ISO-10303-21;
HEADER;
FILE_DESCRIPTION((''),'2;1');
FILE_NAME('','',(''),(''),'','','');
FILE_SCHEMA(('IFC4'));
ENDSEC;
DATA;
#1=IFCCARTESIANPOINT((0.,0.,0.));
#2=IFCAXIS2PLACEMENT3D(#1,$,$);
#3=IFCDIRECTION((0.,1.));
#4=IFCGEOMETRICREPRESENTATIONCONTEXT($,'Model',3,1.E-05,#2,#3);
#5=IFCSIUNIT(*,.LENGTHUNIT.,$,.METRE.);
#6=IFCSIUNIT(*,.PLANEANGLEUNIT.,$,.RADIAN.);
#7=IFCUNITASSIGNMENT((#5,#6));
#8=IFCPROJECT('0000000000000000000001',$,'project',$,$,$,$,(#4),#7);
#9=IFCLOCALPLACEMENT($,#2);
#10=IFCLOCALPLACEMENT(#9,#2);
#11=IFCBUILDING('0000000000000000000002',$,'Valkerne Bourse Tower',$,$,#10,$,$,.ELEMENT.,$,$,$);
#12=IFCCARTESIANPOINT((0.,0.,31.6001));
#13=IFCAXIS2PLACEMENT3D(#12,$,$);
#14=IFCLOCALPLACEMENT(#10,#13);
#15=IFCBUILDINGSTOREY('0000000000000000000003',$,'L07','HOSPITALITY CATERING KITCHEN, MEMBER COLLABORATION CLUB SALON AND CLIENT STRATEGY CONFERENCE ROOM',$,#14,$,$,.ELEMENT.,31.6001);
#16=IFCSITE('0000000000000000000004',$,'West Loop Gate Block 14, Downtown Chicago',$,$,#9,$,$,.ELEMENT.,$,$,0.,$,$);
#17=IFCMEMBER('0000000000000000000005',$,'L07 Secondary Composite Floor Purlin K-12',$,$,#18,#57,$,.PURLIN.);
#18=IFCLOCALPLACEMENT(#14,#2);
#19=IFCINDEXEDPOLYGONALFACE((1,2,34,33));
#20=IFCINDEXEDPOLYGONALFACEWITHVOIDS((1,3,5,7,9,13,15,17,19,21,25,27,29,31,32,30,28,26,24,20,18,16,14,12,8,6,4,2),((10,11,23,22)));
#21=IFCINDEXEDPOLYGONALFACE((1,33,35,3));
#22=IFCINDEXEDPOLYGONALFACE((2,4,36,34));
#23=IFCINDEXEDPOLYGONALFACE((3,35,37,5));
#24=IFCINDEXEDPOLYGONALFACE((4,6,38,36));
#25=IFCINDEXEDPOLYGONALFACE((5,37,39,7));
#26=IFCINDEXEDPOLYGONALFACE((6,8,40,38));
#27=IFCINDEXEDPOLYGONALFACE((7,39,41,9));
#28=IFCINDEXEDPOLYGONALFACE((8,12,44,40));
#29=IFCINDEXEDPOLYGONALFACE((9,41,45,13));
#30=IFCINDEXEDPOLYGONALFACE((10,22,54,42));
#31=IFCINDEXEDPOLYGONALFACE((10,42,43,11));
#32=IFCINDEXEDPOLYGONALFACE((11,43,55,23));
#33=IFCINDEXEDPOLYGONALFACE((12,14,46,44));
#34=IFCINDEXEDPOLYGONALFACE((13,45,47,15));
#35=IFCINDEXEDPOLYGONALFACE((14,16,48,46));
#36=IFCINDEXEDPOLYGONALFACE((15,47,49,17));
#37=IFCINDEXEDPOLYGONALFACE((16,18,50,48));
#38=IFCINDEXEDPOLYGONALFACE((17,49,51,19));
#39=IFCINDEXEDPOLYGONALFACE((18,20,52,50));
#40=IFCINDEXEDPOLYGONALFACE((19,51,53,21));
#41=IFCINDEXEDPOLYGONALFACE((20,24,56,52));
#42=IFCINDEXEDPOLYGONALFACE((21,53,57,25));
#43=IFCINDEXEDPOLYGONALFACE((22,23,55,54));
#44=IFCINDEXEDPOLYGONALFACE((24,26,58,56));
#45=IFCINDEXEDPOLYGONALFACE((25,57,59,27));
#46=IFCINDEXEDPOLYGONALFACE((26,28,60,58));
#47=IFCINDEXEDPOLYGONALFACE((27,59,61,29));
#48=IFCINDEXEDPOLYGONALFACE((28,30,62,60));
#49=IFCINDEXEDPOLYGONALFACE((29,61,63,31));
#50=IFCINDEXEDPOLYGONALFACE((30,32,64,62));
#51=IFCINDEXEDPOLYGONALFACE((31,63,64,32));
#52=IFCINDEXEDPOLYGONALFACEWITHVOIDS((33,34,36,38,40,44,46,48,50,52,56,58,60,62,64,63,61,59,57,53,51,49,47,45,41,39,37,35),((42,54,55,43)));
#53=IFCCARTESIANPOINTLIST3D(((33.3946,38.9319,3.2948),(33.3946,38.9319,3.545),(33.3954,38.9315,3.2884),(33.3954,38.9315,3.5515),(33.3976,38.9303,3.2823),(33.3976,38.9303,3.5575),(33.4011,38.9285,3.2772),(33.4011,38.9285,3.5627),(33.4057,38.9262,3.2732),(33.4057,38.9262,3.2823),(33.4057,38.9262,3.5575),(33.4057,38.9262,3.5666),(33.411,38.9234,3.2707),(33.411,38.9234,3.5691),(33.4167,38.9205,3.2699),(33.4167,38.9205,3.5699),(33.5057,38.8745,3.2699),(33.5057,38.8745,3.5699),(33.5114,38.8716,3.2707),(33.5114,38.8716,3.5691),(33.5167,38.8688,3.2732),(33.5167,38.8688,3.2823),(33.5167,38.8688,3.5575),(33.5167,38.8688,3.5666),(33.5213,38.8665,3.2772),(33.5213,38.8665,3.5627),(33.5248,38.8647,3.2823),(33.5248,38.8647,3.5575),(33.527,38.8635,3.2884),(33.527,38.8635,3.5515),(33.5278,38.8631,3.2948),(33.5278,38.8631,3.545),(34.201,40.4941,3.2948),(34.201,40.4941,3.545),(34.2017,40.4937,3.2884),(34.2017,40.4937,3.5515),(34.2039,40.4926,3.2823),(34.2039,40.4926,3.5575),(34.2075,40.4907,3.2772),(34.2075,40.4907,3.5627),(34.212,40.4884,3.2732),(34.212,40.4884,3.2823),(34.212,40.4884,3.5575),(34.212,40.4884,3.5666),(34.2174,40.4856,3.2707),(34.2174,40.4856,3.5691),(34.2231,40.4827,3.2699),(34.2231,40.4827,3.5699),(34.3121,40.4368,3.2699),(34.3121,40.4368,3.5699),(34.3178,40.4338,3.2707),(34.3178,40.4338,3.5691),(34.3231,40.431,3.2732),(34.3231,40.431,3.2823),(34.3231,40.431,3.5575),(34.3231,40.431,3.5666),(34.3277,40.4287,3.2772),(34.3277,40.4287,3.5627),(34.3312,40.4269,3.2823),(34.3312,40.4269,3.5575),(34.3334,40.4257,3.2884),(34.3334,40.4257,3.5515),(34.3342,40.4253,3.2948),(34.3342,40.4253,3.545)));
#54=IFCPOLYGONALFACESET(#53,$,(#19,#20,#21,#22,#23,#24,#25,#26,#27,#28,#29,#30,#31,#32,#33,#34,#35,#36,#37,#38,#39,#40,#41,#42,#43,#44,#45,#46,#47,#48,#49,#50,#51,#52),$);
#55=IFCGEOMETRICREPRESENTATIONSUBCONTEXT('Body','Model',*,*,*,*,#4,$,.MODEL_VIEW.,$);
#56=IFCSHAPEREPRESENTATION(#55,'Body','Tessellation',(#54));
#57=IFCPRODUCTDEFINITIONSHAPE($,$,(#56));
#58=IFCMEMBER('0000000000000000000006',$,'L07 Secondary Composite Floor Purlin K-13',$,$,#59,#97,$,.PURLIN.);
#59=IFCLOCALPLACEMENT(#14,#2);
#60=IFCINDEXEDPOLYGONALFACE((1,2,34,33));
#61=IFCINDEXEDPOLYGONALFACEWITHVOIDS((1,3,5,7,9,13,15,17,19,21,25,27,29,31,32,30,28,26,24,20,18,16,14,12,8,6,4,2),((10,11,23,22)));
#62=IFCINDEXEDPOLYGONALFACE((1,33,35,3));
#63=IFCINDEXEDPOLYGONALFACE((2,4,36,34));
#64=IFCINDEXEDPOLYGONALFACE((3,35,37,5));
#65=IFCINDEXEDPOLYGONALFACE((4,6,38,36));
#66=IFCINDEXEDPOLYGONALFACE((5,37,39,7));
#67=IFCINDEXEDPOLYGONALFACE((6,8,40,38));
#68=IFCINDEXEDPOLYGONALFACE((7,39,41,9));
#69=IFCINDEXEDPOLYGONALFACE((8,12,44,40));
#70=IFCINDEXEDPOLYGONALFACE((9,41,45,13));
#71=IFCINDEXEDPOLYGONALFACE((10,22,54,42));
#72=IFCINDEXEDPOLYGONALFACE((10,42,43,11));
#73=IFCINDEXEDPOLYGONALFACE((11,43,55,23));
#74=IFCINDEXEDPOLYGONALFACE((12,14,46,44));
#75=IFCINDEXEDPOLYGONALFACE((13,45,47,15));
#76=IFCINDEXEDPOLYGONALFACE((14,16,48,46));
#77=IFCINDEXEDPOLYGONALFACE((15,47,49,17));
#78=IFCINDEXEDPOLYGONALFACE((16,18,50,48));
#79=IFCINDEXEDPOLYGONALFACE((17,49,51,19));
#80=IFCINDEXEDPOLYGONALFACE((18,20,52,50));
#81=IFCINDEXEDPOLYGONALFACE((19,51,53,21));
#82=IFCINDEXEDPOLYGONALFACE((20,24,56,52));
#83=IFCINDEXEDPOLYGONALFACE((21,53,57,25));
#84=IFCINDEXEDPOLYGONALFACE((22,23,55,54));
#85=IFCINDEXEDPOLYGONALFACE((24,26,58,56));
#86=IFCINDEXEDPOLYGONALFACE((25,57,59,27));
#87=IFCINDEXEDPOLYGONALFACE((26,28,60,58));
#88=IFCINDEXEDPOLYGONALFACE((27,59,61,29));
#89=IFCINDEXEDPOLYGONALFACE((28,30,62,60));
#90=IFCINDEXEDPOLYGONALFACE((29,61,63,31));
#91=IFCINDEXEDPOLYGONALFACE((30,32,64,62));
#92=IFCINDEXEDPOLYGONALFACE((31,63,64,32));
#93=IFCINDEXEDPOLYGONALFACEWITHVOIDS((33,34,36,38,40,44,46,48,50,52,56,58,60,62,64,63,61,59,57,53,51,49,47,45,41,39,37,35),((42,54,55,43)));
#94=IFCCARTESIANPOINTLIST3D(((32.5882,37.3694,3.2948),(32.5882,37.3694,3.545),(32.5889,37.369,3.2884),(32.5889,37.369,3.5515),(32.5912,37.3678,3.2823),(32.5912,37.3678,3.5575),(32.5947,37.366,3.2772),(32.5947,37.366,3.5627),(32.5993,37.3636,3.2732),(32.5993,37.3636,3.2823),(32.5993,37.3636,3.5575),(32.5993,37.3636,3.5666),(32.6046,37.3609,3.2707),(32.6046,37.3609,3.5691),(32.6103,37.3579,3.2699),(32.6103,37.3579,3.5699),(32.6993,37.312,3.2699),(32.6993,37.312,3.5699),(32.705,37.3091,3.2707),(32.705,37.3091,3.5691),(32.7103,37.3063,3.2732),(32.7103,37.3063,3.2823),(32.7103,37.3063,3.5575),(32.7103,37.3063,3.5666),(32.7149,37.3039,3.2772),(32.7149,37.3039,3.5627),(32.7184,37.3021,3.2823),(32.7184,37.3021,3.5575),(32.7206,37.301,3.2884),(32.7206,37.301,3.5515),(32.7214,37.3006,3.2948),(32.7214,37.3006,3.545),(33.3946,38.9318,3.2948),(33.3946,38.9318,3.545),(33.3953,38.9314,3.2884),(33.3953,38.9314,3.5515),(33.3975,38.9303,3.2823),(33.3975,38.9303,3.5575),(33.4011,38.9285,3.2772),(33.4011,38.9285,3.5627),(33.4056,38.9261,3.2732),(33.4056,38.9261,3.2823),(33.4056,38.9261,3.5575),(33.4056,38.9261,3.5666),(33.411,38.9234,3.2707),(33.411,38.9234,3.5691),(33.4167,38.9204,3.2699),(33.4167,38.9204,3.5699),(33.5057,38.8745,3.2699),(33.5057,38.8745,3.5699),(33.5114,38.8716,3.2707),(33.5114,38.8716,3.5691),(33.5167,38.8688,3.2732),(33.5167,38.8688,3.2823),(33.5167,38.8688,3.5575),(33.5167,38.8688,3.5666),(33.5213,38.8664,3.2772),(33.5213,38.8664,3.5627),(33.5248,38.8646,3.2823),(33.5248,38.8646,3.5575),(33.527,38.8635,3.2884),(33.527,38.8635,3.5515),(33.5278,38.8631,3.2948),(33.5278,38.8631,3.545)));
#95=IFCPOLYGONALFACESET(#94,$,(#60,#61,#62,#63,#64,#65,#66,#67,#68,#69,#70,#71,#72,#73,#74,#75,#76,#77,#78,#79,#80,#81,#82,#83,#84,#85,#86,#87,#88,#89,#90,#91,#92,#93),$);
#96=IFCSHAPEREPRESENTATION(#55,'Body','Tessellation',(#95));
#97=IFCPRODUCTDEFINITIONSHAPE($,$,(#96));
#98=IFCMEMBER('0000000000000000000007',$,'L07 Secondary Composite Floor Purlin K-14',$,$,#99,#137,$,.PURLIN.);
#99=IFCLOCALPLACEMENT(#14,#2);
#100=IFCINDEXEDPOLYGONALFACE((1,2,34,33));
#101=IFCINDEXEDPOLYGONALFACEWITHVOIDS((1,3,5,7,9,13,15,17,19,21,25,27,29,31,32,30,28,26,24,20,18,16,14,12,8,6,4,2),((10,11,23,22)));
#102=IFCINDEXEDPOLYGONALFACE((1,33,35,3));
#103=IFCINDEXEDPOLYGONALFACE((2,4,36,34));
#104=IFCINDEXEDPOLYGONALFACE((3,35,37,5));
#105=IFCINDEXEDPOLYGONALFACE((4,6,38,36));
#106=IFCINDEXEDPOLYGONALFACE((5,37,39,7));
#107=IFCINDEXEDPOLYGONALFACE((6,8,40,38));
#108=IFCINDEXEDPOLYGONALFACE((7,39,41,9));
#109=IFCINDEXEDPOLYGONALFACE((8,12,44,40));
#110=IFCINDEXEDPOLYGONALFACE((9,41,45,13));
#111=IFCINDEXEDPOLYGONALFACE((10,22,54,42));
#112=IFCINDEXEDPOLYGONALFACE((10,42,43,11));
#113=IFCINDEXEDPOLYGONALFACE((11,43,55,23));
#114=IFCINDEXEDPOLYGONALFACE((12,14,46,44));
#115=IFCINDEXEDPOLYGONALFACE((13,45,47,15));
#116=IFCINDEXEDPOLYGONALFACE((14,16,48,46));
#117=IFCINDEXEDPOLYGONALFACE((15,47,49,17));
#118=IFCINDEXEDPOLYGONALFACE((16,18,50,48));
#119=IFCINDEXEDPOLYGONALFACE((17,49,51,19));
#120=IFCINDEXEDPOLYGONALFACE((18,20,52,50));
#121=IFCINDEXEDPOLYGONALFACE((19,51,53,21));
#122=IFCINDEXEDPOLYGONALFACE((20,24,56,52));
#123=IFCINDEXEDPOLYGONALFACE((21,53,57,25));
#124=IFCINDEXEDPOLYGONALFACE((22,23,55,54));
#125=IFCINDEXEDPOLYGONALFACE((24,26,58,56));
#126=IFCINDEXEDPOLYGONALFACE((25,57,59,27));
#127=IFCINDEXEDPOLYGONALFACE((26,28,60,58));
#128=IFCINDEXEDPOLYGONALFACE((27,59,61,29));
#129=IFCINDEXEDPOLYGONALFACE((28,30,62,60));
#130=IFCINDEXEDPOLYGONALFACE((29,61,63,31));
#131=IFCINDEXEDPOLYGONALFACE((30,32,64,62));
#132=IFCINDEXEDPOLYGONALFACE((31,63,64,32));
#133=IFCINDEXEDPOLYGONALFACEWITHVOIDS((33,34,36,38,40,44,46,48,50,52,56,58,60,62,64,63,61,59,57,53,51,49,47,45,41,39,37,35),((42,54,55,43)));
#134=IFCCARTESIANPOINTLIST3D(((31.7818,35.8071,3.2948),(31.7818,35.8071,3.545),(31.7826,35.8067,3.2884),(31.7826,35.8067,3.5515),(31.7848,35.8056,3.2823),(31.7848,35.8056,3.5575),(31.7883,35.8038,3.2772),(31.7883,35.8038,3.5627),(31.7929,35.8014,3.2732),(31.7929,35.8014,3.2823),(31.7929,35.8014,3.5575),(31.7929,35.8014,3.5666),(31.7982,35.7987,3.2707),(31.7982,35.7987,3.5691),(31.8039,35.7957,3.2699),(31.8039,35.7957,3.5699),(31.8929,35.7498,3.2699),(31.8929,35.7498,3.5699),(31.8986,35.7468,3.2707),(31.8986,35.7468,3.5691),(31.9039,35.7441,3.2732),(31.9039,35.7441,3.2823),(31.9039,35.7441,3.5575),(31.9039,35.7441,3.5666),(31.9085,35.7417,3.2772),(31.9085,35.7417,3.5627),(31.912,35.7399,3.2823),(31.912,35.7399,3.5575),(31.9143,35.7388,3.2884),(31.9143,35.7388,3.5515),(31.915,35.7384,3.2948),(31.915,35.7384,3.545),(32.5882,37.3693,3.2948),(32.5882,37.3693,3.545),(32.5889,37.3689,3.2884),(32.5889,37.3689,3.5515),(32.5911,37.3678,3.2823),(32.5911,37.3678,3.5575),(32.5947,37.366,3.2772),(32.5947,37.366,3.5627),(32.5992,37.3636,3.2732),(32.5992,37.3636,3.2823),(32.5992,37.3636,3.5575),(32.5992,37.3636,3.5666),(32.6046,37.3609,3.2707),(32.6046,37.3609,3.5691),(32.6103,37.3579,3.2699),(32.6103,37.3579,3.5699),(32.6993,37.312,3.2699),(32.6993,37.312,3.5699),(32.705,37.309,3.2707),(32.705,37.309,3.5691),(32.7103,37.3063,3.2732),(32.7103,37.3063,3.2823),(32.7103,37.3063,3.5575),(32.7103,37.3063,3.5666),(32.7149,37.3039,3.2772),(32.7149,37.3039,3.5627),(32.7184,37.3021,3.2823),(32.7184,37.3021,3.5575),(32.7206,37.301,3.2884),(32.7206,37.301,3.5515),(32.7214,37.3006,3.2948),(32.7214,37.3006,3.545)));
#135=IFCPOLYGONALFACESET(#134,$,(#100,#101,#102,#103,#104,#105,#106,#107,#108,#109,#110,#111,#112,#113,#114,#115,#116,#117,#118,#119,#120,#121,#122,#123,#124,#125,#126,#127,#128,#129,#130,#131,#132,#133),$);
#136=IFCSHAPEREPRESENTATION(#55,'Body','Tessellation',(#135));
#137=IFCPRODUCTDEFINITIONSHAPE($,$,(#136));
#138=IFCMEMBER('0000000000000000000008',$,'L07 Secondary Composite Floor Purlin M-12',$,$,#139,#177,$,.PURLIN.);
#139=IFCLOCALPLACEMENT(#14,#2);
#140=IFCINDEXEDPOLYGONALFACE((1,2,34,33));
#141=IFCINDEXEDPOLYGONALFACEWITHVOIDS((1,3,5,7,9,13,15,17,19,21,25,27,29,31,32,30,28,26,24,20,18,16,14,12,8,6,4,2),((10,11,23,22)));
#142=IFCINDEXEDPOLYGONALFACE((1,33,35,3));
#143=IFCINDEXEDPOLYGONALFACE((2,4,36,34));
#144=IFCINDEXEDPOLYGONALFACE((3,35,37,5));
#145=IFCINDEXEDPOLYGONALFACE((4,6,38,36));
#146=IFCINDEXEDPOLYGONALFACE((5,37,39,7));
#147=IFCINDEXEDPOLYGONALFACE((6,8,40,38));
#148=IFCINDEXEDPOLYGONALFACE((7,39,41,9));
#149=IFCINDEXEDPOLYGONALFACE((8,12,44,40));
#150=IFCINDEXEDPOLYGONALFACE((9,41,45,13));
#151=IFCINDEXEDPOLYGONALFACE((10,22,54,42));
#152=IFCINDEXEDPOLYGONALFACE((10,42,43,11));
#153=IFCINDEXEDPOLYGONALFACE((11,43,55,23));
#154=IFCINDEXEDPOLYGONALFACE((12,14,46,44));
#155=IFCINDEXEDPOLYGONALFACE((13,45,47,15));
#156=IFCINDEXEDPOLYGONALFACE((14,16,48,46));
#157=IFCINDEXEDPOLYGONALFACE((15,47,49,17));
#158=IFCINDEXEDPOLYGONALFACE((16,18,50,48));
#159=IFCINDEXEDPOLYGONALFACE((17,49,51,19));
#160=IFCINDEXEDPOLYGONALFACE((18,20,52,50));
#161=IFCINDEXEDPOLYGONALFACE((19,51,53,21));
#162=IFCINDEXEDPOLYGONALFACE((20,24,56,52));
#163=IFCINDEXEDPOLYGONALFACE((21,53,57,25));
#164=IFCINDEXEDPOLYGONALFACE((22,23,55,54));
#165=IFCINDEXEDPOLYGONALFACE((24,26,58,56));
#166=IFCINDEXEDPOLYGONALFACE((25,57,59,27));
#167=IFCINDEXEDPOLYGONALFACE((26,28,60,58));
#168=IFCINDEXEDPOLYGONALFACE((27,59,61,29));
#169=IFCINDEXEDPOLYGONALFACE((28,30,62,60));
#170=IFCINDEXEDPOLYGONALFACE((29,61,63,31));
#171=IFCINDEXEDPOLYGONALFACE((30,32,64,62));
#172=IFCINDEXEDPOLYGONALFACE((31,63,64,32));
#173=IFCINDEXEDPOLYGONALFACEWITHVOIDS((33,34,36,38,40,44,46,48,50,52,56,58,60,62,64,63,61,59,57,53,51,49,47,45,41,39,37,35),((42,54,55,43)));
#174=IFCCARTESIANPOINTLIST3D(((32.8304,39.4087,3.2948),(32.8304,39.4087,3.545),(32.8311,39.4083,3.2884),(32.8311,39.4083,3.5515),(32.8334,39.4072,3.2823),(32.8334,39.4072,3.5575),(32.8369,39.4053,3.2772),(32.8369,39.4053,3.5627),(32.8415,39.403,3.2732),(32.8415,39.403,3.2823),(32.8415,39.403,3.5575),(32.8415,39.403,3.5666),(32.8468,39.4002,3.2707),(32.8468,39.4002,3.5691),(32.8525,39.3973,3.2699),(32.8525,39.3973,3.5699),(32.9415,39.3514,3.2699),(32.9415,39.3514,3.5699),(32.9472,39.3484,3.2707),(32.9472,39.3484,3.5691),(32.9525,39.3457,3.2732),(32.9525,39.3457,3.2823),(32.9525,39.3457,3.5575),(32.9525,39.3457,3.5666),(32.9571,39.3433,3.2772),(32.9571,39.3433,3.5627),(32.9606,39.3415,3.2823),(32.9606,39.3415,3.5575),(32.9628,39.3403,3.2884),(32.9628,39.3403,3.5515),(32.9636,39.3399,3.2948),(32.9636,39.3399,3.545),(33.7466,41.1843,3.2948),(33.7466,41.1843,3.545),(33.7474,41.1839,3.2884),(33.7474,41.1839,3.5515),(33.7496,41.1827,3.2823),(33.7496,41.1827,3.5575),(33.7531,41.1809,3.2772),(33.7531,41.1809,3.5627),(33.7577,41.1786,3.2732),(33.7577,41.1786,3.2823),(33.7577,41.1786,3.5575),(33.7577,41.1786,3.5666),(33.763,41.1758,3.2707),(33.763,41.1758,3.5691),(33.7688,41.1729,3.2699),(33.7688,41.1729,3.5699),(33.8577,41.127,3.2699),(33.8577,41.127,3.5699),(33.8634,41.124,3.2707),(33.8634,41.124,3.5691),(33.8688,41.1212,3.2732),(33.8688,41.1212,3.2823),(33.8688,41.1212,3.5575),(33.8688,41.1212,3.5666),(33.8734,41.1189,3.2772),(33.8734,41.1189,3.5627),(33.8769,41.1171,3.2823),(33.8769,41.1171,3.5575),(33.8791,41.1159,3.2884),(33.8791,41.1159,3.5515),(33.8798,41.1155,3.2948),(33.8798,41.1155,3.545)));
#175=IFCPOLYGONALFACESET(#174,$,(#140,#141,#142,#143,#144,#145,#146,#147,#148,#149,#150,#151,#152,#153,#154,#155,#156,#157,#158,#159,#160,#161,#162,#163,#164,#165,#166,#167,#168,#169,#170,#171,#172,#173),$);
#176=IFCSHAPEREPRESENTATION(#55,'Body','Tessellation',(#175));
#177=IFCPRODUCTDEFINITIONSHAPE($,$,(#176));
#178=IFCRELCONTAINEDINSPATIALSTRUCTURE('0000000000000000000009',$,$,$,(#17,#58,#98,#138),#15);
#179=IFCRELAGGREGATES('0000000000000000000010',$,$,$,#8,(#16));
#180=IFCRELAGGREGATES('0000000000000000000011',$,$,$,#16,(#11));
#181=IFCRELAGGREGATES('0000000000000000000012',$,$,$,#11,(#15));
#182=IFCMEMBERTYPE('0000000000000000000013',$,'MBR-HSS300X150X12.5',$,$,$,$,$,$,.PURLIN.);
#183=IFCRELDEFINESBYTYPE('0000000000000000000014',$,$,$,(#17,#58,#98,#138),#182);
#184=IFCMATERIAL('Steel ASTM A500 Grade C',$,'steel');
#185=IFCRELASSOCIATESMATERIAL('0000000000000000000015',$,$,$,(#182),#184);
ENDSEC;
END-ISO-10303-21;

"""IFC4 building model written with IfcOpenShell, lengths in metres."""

from ifc_helpers import new_model, si_unit, direction, frame, origin, origin_2d, place, context, subcontext, project, spatial, hollow_rectangle, extrude, material, material_profile, profile_set, type_object, element, save


model = new_model("IFC4")

# Units and contexts
model_context = context("Model", 3, precision=1e-05, world=origin(), true_north=direction((0.0, 1.0)))
body_context = subcontext(model_context, "Body", "Model", "MODEL_VIEW")
ifc_project = project(units=[si_unit("LENGTHUNIT", "METRE"), si_unit("PLANEANGLEUNIT", "RADIAN")], contexts=[model_context])

# Site, building, storey
site_placement = place(None, origin())
site = spatial("IfcSite", under=ifc_project, at=site_placement, Name="West Loop Gate Block 14, Downtown Chicago", CompositionType="ELEMENT", RefElevation=0.0)
building_placement = place(site_placement, origin())
building = spatial("IfcBuilding", under=site, at=building_placement, Name="Valkerne Bourse Tower", CompositionType="ELEMENT")
storey_placement = place(building_placement, frame((0.0, 0.0, 31.6001)))
storey = spatial("IfcBuildingStorey", under=building, at=storey_placement, Name="L07", Description="HOSPITALITY CATERING KITCHEN, MEMBER COLLABORATION CLUB SALON AND CLIENT STRATEGY CONFERENCE ROOM", CompositionType="ELEMENT", Elevation=31.6001)

# Members
ifc_material_1 = material(Name="Steel ASTM A500 Grade C", Category="steel")
ifc_material_profile_1 = material_profile(ifc_material_1, hollow_rectangle(XDim=0.1499, YDim=0.3, WallThickness=0.0125, OuterFilletRadius=0.0249, at=origin_2d()), Name="HSS300X150X12.5")
ifc_profile_set_1 = profile_set([ifc_material_profile_1], Name="Steel ASTM A500 Grade C")
member_type_1 = type_object("IfcMemberType", Name="MBR-HSS300X150X12.5", PredefinedType="PURLIN", material=ifc_profile_set_1)
member_1_placement = place(storey_placement, frame((34.2676, 40.4597, 3.4199), z_axis=(-0.458675, -0.888604, 0.0), x_axis=(0.888604, -0.458675, 0.0)))
element("IfcMember", 1, at=member_1_placement, inside=storey, type_object=member_type_1, Name="L07 Secondary Composite Floor Purlin K-12", PredefinedType="PURLIN", context=body_context, shape_type="SweptSolid", body=[
    extrude(hollow_rectangle(XDim=0.1499, YDim=0.3, WallThickness=0.0125, OuterFilletRadius=0.0249, at=origin_2d()), origin(), (0.0, 0.0, 1.0), 1.7581),
])
member_2_placement = place(storey_placement, frame((33.4612, 38.8975, 3.4199), z_axis=(-0.458618, -0.888633, 0.0), x_axis=(0.888633, -0.458618, 0.0)))
element("IfcMember", 2, at=member_2_placement, inside=storey, type_object=member_type_1, Name="L07 Secondary Composite Floor Purlin K-13", PredefinedType="PURLIN", context=body_context, shape_type="SweptSolid", body=[
    extrude(hollow_rectangle(XDim=0.1499, YDim=0.3, WallThickness=0.0125, OuterFilletRadius=0.0249, at=origin_2d()), origin(), (0.0, 0.0, 1.0), 1.7583),
])
member_3_placement = place(storey_placement, frame((32.6548, 37.335, 3.4199), z_axis=(-0.458675, -0.888604, 0.0), x_axis=(0.888604, -0.458675, 0.0)))
element("IfcMember", 3, at=member_3_placement, inside=storey, type_object=member_type_1, Name="L07 Secondary Composite Floor Purlin K-14", PredefinedType="PURLIN", context=body_context, shape_type="SweptSolid", body=[
    extrude(hollow_rectangle(XDim=0.1499, YDim=0.3, WallThickness=0.0125, OuterFilletRadius=0.0249, at=origin_2d()), origin(), (0.0, 0.0, 1.0), 1.7581),
])
for number, where, z_axis, x_axis, name in (
    (4, (33.8132, 41.1499, 3.4199), (-0.458565, -0.888661, 0.0), (0.888661, -0.458565, 0.0), "L07 Secondary Composite Floor Purlin M-12"),
):
    element("IfcMember", number, at=place(storey_placement, frame(where, z_axis=z_axis, x_axis=x_axis)), inside=storey, type_object=member_type_1, Name=name, PredefinedType="PURLIN", context=body_context, shape_type="SweptSolid", body=[
        extrude(hollow_rectangle(XDim=0.1499, YDim=0.3, WallThickness=0.0125, OuterFilletRadius=0.0249, at=origin_2d()), origin(), (0.0, 0.0, 1.0), 1.998),
    ])

save(model, "model.ifc")
